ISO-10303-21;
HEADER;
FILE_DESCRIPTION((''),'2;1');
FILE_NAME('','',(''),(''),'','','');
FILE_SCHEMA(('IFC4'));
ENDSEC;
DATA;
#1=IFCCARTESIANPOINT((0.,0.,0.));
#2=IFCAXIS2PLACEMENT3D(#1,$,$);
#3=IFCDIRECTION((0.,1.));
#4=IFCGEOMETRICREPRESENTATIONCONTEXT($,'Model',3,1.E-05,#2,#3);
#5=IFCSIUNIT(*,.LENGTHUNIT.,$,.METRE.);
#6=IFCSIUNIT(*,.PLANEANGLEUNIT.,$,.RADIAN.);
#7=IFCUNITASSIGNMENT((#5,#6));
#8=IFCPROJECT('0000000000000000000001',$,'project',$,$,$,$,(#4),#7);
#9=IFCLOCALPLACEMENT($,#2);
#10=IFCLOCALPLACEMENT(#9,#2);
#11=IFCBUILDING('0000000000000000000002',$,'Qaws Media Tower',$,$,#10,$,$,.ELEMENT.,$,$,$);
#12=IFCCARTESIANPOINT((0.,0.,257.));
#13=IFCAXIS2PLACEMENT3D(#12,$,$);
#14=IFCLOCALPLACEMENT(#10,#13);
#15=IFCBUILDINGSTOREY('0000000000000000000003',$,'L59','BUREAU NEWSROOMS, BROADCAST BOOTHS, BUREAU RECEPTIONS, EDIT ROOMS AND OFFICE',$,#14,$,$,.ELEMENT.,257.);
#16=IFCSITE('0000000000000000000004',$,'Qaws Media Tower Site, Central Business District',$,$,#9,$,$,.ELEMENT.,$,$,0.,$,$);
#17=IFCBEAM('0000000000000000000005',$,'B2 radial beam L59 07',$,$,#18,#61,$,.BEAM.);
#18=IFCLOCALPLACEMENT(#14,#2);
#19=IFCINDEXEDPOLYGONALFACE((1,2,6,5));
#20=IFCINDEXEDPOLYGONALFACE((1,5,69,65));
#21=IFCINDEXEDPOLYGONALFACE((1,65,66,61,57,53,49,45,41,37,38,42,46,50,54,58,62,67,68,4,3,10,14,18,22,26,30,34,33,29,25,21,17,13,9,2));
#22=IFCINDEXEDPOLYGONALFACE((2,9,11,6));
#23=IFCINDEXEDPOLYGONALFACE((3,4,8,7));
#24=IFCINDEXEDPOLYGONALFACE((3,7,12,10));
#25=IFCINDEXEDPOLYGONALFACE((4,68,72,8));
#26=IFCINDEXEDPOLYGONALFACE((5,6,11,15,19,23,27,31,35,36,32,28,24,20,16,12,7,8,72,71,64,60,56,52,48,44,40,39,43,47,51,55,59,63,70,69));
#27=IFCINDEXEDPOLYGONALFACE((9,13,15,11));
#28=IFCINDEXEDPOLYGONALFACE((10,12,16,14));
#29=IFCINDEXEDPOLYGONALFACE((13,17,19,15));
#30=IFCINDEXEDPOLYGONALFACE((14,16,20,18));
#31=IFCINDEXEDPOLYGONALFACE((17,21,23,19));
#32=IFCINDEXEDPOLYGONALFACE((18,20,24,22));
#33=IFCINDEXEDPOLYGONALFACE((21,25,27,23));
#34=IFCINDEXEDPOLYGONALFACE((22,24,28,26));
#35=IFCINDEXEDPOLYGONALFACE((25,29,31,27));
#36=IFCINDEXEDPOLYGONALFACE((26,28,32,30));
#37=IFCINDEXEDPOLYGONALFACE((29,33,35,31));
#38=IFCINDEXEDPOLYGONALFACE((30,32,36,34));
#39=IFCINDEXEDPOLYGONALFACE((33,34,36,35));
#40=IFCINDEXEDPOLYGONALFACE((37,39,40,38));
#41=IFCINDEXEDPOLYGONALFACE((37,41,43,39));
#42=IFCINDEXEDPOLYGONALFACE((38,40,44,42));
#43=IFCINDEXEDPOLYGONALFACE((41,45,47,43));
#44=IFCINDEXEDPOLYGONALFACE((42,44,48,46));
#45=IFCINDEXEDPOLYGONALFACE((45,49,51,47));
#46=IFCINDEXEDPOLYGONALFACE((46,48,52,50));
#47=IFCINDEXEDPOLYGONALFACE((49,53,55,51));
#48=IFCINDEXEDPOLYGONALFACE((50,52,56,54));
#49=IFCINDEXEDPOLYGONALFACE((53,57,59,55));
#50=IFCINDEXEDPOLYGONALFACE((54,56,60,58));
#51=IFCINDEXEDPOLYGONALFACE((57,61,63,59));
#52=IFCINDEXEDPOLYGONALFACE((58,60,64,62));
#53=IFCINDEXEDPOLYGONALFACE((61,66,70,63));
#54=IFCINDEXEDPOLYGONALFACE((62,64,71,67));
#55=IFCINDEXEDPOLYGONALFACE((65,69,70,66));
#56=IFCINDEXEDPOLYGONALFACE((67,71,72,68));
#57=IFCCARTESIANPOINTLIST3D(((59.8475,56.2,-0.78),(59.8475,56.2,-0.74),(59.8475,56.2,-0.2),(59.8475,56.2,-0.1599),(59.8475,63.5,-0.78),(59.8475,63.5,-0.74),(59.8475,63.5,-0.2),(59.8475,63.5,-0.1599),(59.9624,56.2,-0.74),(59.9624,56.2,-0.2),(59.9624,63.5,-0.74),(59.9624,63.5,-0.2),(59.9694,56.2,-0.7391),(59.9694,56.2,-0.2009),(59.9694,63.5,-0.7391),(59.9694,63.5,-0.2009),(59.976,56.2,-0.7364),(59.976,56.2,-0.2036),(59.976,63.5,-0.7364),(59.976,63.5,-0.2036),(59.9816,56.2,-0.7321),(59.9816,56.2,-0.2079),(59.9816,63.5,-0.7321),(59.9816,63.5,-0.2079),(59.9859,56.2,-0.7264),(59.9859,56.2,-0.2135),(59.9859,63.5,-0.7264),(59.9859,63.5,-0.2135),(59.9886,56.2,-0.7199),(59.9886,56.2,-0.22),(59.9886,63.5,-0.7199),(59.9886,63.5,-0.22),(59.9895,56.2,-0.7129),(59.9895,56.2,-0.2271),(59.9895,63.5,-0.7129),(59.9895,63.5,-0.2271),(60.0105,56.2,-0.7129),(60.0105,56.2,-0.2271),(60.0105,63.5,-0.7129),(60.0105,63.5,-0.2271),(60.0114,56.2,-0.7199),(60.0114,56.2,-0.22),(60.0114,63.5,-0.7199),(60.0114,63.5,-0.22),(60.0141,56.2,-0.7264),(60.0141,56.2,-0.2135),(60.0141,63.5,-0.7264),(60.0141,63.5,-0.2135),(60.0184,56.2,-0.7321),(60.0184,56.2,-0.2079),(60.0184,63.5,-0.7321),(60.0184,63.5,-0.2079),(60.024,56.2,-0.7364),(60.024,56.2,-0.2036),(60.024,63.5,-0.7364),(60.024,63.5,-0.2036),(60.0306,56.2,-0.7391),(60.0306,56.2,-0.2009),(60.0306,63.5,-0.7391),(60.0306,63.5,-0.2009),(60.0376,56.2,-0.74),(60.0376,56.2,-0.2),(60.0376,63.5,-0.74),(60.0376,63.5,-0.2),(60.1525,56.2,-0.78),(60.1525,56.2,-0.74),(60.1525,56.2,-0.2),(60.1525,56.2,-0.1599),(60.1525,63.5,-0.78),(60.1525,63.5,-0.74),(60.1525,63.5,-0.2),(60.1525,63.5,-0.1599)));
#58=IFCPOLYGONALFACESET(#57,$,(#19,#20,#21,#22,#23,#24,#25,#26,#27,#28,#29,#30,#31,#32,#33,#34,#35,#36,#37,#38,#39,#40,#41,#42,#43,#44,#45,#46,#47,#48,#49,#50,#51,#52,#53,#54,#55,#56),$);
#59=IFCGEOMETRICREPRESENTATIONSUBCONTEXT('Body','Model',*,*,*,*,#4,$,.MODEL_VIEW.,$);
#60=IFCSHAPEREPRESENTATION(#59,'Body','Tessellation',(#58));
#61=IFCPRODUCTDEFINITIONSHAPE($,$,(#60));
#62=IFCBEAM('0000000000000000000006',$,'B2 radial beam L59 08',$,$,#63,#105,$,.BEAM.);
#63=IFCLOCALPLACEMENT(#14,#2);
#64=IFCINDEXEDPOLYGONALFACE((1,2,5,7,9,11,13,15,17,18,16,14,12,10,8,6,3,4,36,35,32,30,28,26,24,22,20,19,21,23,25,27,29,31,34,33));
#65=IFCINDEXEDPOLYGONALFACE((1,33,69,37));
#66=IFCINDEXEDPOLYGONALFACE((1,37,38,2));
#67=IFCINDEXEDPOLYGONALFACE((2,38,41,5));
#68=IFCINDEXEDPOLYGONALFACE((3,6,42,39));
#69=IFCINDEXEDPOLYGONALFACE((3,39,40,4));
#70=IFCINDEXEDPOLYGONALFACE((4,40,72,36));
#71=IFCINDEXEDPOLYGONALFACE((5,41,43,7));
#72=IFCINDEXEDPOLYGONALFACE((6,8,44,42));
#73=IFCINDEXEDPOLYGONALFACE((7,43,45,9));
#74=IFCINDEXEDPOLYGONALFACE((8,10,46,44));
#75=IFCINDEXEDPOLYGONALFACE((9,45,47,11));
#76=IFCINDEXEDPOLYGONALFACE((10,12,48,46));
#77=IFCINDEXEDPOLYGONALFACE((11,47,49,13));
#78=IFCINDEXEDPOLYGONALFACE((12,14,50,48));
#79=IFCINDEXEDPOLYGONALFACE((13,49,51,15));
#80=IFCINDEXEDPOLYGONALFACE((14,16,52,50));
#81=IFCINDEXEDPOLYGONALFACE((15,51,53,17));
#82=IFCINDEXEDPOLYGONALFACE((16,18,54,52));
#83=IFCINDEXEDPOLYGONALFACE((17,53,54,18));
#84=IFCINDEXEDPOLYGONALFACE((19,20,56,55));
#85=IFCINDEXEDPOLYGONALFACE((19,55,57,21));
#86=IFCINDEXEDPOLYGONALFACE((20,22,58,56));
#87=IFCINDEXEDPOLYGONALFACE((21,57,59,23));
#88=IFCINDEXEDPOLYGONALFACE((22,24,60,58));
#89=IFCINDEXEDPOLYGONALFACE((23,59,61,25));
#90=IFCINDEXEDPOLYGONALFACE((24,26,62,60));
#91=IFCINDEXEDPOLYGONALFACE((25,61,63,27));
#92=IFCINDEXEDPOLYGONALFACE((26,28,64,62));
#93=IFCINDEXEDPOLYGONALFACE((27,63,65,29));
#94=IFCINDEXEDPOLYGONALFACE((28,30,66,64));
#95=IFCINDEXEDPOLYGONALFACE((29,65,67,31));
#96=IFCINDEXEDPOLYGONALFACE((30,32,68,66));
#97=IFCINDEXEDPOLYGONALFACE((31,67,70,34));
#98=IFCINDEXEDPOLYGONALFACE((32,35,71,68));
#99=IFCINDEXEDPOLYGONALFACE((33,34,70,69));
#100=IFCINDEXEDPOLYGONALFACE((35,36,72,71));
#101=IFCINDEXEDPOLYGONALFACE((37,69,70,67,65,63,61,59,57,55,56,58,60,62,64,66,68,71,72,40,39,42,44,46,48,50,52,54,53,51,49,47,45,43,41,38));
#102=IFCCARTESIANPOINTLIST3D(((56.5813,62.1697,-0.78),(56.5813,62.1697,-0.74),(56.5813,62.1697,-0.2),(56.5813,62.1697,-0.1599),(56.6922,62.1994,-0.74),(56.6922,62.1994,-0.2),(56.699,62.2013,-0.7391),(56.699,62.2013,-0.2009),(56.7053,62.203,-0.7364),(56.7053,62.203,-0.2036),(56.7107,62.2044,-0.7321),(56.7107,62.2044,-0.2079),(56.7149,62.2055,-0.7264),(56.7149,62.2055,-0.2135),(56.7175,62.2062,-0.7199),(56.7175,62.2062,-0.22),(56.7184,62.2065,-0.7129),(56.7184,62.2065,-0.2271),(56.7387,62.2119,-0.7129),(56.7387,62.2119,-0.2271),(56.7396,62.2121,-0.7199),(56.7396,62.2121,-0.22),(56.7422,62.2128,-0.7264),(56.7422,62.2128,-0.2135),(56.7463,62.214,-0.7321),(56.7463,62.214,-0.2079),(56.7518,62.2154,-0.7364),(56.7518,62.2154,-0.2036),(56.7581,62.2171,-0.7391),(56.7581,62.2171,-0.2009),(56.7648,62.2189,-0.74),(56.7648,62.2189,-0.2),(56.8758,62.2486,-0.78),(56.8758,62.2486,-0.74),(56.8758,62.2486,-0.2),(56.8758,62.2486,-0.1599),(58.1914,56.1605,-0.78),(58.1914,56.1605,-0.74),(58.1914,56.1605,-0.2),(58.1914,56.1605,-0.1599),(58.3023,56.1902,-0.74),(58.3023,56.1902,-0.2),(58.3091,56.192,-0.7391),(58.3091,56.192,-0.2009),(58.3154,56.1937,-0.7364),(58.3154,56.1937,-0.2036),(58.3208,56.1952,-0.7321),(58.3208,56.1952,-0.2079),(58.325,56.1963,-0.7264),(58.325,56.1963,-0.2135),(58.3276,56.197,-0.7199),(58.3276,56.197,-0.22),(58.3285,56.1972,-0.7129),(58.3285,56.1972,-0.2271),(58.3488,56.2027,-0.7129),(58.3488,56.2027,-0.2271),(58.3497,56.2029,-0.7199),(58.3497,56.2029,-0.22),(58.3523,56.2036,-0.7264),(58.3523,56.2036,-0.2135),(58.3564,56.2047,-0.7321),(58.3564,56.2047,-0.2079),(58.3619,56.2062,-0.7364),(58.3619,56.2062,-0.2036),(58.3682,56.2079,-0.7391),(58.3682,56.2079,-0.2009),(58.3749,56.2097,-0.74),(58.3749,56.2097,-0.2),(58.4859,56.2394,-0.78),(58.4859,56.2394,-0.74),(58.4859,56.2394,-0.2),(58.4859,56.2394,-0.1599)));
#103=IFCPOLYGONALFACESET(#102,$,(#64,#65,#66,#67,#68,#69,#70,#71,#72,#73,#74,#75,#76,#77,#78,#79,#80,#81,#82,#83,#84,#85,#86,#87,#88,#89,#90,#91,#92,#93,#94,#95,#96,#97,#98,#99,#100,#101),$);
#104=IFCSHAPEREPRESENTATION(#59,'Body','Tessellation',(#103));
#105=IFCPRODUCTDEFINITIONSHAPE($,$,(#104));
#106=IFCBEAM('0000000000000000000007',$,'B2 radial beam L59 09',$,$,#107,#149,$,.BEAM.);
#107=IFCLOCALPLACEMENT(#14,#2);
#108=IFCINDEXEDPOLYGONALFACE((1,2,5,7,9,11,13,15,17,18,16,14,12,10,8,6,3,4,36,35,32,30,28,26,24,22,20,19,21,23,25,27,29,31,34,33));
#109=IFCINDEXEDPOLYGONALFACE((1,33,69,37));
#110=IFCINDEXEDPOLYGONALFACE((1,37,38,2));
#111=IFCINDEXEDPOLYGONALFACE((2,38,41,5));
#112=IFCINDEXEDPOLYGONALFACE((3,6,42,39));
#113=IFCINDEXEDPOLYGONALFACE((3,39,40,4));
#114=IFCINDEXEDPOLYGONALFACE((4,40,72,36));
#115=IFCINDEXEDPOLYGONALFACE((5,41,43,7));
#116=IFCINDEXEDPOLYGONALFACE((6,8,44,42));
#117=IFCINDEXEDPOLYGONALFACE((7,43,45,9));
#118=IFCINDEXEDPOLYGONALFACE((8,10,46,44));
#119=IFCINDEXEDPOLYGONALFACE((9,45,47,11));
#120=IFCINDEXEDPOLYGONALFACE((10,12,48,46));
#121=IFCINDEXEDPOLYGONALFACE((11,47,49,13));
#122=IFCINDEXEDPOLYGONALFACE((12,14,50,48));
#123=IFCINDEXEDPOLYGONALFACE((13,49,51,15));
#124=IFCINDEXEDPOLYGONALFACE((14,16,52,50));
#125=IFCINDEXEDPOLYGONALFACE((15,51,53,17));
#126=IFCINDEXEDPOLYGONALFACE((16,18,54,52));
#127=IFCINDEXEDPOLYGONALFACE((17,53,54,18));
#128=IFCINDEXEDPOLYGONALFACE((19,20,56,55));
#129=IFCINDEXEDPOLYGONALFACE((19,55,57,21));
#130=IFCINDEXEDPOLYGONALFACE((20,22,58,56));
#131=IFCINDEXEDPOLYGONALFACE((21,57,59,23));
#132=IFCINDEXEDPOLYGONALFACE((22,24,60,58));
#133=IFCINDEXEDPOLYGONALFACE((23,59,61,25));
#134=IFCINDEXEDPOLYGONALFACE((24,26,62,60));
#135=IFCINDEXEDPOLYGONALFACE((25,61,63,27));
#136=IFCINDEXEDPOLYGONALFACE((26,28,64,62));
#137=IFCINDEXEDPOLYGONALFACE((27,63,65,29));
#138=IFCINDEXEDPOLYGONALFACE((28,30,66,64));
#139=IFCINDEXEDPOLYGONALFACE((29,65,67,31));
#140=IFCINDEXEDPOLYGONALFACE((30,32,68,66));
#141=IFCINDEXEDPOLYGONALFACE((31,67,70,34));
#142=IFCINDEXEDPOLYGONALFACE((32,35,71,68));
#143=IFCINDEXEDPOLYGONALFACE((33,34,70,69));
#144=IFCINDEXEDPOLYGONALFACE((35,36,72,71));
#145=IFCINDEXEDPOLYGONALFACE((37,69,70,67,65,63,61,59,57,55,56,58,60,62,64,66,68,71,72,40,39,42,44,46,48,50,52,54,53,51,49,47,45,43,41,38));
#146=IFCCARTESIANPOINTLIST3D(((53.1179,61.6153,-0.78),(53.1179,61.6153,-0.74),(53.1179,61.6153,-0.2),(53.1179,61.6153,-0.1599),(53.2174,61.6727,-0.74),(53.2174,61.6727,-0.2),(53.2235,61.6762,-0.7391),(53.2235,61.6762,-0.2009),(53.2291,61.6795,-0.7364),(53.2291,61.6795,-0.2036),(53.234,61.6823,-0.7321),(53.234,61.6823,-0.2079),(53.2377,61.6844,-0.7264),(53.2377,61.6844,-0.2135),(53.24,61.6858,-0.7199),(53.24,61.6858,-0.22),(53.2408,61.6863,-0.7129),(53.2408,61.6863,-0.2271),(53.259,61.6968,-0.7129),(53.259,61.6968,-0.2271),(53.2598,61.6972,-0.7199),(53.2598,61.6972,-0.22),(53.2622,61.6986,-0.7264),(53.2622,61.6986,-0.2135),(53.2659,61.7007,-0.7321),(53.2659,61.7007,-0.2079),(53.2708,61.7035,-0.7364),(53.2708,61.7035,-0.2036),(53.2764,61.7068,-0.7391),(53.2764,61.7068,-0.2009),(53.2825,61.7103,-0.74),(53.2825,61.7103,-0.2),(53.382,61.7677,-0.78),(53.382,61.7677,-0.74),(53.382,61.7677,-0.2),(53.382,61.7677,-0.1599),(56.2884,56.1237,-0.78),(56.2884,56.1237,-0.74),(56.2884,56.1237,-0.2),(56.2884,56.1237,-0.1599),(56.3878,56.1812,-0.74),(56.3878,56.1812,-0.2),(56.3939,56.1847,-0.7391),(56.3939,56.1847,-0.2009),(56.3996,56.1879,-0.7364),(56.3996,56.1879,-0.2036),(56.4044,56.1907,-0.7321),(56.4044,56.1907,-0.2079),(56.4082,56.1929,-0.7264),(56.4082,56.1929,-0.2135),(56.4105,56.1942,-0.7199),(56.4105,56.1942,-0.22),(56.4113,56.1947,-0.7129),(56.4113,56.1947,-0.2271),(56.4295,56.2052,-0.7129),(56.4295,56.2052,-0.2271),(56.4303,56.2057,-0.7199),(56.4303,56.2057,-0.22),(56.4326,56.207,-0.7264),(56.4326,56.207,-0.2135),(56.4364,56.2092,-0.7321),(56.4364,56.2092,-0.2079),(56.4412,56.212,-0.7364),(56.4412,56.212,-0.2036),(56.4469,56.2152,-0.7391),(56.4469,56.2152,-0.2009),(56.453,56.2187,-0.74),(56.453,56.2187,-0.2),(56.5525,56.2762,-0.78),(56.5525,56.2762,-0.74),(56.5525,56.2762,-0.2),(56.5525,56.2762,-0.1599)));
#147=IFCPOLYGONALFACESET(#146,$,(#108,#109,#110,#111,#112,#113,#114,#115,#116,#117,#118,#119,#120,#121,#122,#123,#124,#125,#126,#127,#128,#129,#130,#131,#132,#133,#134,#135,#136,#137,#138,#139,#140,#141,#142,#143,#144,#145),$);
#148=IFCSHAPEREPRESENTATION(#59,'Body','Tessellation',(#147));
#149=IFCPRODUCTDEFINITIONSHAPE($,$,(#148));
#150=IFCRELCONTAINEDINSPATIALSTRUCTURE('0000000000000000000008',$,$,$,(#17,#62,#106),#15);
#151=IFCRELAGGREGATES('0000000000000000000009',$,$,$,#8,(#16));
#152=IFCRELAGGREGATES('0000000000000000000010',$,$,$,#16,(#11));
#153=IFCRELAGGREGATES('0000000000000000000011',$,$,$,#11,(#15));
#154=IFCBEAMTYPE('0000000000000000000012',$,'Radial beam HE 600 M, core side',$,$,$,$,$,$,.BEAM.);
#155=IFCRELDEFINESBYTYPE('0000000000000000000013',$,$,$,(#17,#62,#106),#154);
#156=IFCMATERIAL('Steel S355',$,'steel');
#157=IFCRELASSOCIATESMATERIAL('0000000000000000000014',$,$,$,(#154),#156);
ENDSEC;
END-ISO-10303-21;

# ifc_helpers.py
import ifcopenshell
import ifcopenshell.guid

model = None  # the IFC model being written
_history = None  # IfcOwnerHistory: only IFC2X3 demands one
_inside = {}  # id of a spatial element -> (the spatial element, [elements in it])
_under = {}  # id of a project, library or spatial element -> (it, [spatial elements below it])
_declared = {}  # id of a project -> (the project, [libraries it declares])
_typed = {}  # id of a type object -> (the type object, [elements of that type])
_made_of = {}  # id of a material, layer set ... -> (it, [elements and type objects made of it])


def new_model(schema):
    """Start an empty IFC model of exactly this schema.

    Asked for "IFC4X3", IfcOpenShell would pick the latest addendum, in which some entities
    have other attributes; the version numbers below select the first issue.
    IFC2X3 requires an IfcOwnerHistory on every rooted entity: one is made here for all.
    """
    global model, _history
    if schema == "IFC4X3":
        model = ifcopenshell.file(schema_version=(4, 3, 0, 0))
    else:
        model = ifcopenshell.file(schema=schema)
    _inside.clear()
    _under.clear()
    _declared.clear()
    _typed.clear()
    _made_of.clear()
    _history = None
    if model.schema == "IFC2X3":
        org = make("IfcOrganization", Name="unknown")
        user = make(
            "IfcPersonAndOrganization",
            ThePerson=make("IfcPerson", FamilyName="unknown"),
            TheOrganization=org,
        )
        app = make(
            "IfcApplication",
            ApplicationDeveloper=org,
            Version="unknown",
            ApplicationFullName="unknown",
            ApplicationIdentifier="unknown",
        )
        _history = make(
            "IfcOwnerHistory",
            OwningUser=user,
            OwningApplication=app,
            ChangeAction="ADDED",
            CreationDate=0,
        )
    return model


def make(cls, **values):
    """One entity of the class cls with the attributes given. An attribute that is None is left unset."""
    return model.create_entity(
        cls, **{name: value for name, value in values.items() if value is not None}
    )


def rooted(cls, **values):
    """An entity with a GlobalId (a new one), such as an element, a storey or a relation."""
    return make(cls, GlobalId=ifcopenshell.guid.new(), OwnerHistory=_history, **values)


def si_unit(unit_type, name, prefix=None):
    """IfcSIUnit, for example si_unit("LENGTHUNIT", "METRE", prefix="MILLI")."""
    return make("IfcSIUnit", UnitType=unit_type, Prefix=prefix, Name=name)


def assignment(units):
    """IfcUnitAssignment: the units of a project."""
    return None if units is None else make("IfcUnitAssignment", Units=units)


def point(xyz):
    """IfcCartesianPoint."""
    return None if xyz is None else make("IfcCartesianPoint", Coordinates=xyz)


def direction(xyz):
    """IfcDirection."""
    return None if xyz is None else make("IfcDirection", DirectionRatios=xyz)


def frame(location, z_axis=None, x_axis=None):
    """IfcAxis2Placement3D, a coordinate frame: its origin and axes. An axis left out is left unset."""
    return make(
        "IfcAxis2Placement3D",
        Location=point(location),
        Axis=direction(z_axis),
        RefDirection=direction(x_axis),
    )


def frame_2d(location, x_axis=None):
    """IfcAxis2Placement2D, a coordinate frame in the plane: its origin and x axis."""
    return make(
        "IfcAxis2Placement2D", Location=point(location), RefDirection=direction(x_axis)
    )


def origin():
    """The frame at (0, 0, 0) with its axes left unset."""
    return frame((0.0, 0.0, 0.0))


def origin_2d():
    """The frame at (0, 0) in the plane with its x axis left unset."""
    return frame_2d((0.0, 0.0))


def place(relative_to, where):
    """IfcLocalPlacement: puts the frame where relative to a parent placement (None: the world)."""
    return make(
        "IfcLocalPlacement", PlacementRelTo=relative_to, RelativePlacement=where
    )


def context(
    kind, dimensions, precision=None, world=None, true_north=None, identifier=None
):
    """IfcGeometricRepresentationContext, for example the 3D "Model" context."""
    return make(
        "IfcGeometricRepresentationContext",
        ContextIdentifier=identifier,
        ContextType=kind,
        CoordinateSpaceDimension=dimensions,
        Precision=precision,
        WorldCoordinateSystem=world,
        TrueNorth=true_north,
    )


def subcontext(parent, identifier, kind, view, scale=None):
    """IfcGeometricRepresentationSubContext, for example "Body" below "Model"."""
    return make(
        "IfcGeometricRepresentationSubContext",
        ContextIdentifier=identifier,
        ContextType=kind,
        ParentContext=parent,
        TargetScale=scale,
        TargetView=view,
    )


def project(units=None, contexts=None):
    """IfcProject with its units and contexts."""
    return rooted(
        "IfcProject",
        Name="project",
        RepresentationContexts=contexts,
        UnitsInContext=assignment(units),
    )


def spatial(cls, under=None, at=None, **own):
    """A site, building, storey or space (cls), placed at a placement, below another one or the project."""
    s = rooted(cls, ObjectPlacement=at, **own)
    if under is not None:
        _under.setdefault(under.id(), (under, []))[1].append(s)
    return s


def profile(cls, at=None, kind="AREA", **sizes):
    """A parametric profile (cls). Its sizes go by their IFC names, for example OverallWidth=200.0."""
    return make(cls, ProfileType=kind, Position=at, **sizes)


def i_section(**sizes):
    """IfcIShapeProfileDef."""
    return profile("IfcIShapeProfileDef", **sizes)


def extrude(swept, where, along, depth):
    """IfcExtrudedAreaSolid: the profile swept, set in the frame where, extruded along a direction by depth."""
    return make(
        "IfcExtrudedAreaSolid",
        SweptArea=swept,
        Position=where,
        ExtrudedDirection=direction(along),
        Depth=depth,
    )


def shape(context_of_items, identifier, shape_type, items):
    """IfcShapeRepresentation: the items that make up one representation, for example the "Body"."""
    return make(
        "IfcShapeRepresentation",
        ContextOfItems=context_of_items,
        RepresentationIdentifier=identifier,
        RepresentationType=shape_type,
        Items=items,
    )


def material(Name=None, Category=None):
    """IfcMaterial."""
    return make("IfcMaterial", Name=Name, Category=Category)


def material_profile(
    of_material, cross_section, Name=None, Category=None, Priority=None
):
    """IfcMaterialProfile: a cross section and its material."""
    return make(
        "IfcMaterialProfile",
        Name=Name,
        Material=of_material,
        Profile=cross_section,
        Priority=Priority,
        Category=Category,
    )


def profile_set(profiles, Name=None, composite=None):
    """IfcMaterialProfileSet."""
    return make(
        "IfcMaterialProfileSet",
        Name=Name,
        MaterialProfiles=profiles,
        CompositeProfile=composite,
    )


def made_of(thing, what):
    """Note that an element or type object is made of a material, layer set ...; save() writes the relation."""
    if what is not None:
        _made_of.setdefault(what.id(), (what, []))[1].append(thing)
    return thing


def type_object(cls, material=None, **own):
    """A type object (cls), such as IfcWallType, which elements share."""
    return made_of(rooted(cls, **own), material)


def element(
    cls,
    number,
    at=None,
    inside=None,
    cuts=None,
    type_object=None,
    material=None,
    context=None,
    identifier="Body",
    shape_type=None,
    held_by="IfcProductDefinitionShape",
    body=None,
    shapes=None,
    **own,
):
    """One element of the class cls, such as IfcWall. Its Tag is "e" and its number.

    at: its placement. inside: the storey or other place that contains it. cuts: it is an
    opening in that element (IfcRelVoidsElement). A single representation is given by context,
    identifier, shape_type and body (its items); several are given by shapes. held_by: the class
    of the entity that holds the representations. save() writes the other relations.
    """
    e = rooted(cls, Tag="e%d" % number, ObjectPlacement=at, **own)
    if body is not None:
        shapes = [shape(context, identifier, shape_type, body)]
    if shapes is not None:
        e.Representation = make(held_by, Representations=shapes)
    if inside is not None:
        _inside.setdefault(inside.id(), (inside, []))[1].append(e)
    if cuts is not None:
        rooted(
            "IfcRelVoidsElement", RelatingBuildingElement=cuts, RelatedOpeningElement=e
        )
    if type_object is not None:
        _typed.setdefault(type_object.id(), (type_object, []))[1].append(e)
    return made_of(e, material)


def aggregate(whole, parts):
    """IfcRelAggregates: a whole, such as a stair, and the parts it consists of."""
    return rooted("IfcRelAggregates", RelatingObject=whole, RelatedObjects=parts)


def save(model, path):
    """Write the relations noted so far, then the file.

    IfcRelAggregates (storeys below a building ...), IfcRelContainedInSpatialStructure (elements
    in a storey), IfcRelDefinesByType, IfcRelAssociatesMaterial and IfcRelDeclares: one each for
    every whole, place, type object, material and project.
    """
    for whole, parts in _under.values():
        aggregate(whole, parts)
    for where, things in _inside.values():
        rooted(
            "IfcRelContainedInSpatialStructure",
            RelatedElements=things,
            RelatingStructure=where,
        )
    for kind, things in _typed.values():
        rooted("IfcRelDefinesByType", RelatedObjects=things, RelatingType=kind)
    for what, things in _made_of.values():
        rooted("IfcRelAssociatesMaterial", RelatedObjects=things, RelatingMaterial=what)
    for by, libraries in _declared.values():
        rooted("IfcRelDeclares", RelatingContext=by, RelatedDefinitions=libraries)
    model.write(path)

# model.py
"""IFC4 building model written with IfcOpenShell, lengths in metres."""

from ifc_helpers import new_model, si_unit, direction, frame, origin, origin_2d, place, context, subcontext, project, spatial, i_section, extrude, material, material_profile, profile_set, type_object, element, save


model = new_model("IFC4")

# Units and contexts
model_context = context("Model", 3, precision=1e-05, world=origin(), true_north=direction((0.0, 1.0)))
body_context = subcontext(model_context, "Body", "Model", "MODEL_VIEW")
ifc_project = project(units=[si_unit("LENGTHUNIT", "METRE"), si_unit("PLANEANGLEUNIT", "RADIAN")], contexts=[model_context])

# Site, building, storey
site_placement = place(None, origin())
site = spatial("IfcSite", under=ifc_project, at=site_placement, Name="Qaws Media Tower Site, Central Business District", CompositionType="ELEMENT", RefElevation=0.0)
building_placement = place(site_placement, origin())
building = spatial("IfcBuilding", under=site, at=building_placement, Name="Qaws Media Tower", CompositionType="ELEMENT")
storey_placement = place(building_placement, frame((0.0, 0.0, 257.0)))
storey = spatial("IfcBuildingStorey", under=building, at=storey_placement, Name="L59", Description="BUREAU NEWSROOMS, BROADCAST BOOTHS, BUREAU RECEPTIONS, EDIT ROOMS AND OFFICE", CompositionType="ELEMENT", Elevation=257.0)

# Beams
ifc_material_1 = material(Name="Steel S355", Category="steel")
ifc_material_profile = material_profile(ifc_material_1, i_section(OverallWidth=0.3049, OverallDepth=0.6201, WebThickness=0.021, FlangeThickness=0.04, FilletRadius=0.0271, at=origin_2d()), Name="HE 600 M")
ifc_profile_set = profile_set([ifc_material_profile], Name="Steel S355")
beam_type = type_object("IfcBeamType", Name="Radial beam HE 600 M, core side", PredefinedType="BEAM", material=ifc_profile_set)
beam_1_placement = place(storey_placement, frame((60.0, 56.2, -0.47), z_axis=(0.0, 1.0, 0.0), x_axis=(-1.0, 0.0, 0.0)))
element("IfcBeam", 1, at=beam_1_placement, inside=storey, type_object=beam_type, Name="B2 radial beam L59 07", PredefinedType="BEAM", context=body_context, shape_type="SweptSolid", body=[
    extrude(i_section(OverallWidth=0.3049, OverallDepth=0.6201, WebThickness=0.021, FlangeThickness=0.04, FilletRadius=0.0271, at=origin_2d()), origin(), (0.0, 0.0, 1.0), 7.3),
])
beam_2_placement = place(storey_placement, frame((58.3386, 56.2, -0.47), z_axis=(-0.258808, 0.965929, 0.0), x_axis=(-0.965929, -0.258808, 0.0)))
element("IfcBeam", 2, at=beam_2_placement, inside=storey, type_object=beam_type, Name="B2 radial beam L59 08", PredefinedType="BEAM", context=body_context, shape_type="SweptSolid", body=[
    extrude(i_section(OverallWidth=0.3049, OverallDepth=0.6201, WebThickness=0.021, FlangeThickness=0.04, FilletRadius=0.0271, at=origin_2d()), origin(), (0.0, 0.0, 1.0), 6.2212),
])
beam_3_placement = place(storey_placement, frame((56.4204, 56.2, -0.47), z_axis=(-0.49999, 0.866031, 0.0), x_axis=(-0.866031, -0.49999, 0.0)))
element("IfcBeam", 3, at=beam_3_placement, inside=storey, type_object=beam_type, Name="B2 radial beam L59 09", PredefinedType="BEAM", context=body_context, shape_type="SweptSolid", body=[
    extrude(i_section(OverallWidth=0.3049, OverallDepth=0.6201, WebThickness=0.021, FlangeThickness=0.04, FilletRadius=0.0271, at=origin_2d()), origin(), (0.0, 0.0, 1.0), 6.3411),
])

save(model, "model.ifc")
